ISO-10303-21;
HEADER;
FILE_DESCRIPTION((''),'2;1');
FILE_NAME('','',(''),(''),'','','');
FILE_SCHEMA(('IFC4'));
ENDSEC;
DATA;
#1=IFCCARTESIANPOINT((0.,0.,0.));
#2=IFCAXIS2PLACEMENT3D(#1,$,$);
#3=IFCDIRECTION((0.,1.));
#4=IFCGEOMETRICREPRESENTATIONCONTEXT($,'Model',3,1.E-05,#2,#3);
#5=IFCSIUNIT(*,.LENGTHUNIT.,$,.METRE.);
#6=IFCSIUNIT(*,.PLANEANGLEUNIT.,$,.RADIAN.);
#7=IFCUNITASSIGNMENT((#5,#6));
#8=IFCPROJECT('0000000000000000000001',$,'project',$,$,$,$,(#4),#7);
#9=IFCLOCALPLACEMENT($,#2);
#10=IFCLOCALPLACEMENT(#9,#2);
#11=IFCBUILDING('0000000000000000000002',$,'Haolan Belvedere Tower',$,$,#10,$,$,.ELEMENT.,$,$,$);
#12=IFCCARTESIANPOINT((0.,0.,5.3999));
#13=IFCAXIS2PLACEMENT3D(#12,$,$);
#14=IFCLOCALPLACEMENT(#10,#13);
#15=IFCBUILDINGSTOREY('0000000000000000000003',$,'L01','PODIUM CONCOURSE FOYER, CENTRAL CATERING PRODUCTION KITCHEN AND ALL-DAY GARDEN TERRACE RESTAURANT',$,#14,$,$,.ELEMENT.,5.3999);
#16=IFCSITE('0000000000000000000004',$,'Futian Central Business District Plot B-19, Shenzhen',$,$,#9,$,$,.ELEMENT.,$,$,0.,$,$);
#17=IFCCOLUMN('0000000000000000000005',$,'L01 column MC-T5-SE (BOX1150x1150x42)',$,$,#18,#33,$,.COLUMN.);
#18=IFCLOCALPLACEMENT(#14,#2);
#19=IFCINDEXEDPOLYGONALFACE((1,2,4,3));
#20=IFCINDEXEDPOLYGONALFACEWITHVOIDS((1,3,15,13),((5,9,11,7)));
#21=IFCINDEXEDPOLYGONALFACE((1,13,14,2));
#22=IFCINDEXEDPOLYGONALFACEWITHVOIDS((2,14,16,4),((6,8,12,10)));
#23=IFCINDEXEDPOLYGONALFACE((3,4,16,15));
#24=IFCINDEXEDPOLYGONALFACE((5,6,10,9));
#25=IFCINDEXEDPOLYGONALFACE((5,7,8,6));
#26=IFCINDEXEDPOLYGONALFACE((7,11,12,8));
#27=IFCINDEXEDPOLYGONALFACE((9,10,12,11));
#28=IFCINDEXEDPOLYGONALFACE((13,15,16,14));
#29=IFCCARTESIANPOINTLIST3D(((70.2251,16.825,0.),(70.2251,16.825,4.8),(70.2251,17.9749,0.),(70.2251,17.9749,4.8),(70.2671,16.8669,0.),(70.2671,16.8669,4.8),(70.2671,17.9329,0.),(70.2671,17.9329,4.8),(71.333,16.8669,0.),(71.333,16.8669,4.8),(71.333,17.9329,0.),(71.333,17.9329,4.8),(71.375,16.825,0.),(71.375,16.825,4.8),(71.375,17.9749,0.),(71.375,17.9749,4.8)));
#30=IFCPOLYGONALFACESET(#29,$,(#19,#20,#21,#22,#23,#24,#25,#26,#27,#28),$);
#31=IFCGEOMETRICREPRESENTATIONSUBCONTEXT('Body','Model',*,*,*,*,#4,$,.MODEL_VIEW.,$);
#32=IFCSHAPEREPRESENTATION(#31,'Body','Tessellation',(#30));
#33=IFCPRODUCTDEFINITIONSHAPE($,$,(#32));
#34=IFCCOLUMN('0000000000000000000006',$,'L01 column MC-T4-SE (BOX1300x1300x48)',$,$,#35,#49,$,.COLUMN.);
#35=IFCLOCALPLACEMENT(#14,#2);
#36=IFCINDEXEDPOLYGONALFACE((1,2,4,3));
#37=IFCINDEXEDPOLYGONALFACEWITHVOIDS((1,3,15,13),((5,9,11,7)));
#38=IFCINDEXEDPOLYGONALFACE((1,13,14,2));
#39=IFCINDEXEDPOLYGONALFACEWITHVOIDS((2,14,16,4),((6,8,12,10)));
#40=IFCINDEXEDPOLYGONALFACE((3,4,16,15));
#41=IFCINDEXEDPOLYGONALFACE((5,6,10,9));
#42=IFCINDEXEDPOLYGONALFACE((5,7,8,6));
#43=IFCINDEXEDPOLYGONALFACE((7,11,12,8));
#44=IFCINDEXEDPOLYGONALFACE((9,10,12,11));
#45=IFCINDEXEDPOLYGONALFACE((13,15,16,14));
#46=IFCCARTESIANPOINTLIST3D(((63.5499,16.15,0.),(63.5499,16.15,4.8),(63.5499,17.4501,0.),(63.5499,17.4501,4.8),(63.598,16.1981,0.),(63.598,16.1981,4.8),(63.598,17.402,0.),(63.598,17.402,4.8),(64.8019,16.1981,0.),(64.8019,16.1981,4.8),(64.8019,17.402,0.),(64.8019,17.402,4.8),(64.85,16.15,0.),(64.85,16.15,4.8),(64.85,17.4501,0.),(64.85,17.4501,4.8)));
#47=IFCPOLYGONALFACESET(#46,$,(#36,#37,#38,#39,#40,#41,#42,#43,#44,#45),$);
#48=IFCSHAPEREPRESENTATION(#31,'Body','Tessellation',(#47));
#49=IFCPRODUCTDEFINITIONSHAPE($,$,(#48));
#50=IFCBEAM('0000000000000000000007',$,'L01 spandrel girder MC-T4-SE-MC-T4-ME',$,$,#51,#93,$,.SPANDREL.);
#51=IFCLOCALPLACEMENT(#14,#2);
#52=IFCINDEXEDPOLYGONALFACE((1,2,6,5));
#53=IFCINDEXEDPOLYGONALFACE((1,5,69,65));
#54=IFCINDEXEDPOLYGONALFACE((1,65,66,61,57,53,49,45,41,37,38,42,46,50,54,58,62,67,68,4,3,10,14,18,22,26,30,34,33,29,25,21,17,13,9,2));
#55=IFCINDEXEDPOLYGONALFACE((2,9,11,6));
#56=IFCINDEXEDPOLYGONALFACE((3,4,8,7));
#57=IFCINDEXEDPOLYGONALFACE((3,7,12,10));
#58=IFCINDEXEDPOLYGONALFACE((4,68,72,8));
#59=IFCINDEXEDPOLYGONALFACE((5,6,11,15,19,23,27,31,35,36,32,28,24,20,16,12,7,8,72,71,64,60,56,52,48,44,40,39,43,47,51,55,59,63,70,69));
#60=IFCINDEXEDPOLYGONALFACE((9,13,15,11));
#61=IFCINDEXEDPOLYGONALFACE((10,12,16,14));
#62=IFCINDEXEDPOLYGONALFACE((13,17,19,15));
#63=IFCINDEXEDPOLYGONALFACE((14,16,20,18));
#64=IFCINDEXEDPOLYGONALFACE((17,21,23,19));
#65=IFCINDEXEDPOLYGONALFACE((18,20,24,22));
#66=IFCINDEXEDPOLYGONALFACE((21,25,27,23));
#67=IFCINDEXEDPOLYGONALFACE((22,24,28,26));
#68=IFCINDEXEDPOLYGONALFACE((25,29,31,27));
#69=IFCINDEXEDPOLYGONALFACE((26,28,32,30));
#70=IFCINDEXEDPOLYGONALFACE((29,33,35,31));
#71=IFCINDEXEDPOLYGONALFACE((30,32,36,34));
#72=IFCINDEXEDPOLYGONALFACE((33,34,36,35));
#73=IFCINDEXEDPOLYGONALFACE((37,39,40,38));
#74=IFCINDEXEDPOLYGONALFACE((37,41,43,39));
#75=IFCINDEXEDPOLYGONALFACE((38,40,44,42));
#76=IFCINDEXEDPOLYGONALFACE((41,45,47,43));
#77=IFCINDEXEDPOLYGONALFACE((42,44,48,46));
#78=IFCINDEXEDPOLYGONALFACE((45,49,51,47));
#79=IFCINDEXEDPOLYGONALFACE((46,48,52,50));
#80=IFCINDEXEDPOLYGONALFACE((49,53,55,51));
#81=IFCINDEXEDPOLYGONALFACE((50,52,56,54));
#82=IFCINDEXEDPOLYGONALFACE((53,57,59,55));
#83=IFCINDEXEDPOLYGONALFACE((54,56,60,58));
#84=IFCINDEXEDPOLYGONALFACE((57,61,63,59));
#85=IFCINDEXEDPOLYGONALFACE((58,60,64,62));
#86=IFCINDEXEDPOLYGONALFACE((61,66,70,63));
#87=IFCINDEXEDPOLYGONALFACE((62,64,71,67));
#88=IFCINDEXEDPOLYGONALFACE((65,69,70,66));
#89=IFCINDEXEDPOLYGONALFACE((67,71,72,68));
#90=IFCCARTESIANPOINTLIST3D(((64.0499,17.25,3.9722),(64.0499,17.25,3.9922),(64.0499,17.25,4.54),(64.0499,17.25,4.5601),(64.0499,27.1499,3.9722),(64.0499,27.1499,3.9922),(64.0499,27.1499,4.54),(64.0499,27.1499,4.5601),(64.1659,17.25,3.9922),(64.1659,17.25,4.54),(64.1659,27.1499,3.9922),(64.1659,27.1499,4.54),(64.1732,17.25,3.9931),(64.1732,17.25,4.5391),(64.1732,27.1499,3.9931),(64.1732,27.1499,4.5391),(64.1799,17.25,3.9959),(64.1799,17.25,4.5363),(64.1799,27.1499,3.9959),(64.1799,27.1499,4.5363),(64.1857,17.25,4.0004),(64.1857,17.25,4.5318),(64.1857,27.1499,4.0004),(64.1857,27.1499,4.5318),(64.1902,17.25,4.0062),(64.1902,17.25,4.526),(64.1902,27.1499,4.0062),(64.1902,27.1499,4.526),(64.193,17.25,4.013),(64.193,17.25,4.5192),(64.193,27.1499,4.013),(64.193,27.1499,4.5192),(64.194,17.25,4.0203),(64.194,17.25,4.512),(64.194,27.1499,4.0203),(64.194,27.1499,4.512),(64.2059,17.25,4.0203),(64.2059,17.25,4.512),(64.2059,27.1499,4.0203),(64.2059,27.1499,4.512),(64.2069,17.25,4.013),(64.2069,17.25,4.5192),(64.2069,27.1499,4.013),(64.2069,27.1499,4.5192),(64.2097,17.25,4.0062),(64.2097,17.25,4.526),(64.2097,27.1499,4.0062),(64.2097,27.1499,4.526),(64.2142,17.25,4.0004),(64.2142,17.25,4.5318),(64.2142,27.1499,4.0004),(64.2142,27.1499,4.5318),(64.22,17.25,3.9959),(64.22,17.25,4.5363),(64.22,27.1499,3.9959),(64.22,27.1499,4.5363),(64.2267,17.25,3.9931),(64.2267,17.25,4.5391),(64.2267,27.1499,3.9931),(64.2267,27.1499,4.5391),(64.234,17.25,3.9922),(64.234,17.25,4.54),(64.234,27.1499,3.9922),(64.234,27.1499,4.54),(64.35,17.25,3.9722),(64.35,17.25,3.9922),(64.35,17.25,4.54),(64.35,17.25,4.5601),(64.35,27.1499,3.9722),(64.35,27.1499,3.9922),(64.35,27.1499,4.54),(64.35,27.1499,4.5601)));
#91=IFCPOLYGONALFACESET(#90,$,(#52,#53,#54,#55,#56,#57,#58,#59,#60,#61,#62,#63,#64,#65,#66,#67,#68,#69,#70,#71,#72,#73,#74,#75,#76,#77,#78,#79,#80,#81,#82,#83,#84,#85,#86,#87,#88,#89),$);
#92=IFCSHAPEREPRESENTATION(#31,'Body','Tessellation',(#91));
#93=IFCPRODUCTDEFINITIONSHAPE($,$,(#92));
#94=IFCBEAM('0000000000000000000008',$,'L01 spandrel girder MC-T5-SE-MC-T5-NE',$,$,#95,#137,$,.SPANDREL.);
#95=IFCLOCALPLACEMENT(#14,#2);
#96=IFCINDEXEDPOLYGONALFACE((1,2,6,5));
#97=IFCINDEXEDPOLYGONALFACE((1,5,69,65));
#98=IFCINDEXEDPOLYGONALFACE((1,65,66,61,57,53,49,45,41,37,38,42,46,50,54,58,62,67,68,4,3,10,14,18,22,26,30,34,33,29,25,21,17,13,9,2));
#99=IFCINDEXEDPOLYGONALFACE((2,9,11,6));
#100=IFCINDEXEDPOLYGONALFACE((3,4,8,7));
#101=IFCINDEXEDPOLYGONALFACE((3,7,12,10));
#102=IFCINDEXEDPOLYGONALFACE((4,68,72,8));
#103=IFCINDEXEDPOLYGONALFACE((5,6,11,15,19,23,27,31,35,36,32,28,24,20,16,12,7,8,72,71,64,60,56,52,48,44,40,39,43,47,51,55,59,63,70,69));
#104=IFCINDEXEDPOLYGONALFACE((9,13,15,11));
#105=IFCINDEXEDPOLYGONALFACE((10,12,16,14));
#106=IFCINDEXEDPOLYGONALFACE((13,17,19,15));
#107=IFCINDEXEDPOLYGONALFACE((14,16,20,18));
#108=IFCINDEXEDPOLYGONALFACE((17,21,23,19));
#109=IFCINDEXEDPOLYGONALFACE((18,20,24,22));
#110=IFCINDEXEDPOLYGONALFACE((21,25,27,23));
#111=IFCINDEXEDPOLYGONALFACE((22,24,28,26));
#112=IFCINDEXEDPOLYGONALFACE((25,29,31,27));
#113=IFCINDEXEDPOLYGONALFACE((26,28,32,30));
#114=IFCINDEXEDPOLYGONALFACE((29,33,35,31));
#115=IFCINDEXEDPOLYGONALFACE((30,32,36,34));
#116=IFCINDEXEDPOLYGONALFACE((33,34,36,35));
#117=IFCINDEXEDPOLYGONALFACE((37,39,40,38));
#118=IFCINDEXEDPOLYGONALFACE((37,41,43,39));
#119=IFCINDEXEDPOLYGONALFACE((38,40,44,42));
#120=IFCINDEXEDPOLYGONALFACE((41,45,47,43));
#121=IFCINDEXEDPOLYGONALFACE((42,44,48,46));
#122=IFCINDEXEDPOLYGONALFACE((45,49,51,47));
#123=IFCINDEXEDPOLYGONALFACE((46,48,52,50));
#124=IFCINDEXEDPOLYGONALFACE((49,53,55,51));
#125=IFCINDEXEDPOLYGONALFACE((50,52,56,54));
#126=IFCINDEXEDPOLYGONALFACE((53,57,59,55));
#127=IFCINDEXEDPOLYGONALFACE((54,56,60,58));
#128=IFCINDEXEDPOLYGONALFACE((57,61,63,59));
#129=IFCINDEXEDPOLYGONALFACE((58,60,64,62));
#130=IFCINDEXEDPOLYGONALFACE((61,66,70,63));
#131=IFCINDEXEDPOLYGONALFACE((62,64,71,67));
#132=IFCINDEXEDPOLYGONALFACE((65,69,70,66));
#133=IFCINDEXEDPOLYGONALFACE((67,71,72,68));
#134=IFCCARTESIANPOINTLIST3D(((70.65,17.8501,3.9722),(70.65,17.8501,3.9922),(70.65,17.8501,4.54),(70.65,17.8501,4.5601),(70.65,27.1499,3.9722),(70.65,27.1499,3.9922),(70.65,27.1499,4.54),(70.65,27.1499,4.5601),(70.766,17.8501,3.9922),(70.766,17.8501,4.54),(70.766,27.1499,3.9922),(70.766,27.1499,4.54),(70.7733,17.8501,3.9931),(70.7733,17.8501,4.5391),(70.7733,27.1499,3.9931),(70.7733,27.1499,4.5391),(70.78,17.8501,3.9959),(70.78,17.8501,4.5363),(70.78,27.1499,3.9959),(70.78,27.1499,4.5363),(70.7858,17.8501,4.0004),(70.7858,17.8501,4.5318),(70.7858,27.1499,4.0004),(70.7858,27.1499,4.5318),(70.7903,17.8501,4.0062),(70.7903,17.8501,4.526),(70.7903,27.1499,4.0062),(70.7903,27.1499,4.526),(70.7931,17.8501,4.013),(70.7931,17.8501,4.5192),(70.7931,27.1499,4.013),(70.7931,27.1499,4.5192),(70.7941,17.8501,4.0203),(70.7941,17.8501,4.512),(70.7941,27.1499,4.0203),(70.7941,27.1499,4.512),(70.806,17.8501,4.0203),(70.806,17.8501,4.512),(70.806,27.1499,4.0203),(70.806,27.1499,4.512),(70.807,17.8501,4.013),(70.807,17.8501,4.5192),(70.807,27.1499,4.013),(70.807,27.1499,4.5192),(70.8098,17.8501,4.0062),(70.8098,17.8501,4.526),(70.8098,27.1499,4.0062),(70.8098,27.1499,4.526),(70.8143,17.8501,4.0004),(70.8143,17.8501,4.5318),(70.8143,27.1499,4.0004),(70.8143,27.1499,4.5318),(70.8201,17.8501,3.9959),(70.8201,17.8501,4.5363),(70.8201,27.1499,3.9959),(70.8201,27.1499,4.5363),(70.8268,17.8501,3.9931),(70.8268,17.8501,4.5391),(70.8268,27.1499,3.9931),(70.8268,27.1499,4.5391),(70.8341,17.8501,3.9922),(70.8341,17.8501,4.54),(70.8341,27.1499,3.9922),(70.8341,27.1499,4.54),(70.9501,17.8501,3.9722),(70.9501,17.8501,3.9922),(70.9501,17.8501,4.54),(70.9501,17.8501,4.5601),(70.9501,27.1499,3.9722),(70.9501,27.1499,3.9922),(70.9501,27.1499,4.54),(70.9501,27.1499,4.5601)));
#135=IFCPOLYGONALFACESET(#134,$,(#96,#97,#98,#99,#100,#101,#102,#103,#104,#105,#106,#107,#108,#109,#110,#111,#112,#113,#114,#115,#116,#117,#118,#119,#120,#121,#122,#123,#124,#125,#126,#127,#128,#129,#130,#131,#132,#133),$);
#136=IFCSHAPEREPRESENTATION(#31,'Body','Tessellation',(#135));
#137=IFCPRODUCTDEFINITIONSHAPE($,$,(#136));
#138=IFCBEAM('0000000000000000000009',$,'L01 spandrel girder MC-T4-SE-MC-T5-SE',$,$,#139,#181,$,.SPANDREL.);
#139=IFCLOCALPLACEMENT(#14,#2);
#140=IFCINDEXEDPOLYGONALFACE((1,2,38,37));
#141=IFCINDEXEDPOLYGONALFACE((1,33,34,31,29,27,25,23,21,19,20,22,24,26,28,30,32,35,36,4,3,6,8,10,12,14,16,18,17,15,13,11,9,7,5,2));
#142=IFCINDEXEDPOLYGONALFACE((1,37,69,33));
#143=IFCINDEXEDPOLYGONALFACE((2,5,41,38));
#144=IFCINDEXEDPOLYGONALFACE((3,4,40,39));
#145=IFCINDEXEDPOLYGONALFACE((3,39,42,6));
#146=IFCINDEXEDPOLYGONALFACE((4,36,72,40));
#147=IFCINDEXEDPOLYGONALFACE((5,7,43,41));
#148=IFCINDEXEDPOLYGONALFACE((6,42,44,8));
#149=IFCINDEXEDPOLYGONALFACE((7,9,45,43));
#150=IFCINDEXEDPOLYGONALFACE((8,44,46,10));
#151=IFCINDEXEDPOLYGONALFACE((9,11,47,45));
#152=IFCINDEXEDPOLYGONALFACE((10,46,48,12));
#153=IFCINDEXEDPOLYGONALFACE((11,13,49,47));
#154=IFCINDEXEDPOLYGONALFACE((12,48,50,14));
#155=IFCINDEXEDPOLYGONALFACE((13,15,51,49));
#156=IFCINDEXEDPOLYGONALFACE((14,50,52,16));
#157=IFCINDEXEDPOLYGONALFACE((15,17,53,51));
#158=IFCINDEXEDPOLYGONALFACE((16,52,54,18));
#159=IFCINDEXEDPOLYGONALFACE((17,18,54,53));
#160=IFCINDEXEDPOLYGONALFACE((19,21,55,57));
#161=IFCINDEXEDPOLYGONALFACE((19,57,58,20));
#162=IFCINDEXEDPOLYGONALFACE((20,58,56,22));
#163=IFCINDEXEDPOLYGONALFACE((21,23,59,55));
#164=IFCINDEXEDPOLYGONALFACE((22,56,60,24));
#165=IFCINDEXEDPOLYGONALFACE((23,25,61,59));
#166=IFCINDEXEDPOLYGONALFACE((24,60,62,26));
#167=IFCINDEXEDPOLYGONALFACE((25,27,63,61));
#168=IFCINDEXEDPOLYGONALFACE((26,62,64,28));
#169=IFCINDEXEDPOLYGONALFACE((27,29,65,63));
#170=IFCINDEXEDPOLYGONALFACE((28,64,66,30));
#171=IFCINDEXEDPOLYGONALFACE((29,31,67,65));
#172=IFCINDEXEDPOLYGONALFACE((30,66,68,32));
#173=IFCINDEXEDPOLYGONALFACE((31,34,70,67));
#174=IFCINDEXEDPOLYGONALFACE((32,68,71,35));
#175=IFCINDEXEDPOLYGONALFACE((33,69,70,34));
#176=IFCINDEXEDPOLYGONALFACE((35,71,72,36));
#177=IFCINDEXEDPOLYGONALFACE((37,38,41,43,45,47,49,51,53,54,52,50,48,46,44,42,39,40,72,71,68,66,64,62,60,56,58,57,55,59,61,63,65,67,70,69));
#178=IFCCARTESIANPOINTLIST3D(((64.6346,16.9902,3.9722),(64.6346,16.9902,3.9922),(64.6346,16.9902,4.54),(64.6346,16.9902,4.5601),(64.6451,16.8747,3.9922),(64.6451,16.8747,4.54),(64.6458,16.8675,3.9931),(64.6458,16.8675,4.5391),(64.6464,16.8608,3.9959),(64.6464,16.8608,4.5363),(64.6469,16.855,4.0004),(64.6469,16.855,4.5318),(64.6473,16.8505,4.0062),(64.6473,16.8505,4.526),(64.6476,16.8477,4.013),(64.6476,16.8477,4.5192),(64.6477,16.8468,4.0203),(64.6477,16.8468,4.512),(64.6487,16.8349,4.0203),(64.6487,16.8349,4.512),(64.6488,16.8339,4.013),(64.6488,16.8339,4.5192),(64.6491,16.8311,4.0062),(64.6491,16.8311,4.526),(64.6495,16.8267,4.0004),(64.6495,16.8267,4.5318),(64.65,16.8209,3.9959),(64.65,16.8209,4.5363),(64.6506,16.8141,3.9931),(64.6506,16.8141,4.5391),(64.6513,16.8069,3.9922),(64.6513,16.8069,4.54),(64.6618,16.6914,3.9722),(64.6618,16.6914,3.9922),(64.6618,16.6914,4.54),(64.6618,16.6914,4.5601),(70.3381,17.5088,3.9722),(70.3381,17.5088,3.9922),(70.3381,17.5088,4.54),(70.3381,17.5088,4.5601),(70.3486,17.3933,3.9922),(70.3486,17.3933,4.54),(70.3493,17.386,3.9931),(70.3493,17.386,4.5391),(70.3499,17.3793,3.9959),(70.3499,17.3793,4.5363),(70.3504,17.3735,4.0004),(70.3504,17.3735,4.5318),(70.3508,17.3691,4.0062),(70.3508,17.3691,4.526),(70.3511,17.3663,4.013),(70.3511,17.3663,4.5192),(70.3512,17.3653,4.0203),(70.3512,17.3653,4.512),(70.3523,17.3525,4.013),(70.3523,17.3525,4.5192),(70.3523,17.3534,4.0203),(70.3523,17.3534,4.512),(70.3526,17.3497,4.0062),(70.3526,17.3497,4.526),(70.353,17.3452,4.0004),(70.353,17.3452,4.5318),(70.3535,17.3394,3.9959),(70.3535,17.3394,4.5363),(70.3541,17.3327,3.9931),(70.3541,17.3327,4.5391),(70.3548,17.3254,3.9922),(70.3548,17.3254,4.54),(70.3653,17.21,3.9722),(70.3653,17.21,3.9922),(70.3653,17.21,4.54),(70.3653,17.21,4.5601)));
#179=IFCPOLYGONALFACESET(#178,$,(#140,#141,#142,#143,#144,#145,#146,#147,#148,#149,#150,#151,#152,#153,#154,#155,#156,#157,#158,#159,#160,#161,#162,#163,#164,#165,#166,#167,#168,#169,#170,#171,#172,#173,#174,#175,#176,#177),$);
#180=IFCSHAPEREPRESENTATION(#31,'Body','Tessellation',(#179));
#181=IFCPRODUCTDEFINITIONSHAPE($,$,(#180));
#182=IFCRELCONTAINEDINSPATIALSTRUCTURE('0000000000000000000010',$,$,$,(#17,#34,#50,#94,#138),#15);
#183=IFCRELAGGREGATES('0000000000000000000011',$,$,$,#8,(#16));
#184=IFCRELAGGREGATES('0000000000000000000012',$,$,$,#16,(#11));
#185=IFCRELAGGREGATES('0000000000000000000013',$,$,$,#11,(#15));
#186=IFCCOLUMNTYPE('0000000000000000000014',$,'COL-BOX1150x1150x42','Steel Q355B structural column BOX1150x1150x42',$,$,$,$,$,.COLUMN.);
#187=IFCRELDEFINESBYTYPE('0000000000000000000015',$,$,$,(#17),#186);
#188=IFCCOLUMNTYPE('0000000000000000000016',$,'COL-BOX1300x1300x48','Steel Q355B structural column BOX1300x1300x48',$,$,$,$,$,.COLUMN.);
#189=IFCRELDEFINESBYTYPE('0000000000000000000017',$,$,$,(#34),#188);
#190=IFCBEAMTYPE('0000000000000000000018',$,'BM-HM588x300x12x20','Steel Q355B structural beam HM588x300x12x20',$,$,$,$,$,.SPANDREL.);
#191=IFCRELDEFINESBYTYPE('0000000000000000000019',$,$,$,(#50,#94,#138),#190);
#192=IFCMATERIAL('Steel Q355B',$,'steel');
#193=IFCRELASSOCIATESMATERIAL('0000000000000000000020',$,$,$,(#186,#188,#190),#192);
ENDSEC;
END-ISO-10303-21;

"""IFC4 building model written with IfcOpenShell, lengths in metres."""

from ifc_helpers import new_model, si_unit, direction, frame, origin, origin_2d, place, context, subcontext, project, spatial, hollow_rectangle, i_section, extrude, material, material_profile, profile_set, type_object, element, save


model = new_model("IFC4")

# Units and contexts
model_context = context("Model", 3, precision=1e-05, world=origin(), true_north=direction((0.0, 1.0)))
body_context = subcontext(model_context, "Body", "Model", "MODEL_VIEW")
ifc_project = project(units=[si_unit("LENGTHUNIT", "METRE"), si_unit("PLANEANGLEUNIT", "RADIAN")], contexts=[model_context])

# Site, building, storey
site_placement = place(None, origin())
site = spatial("IfcSite", under=ifc_project, at=site_placement, Name="Futian Central Business District Plot B-19, Shenzhen", CompositionType="ELEMENT", RefElevation=0.0)
building_placement = place(site_placement, origin())
building = spatial("IfcBuilding", under=site, at=building_placement, Name="Haolan Belvedere Tower", CompositionType="ELEMENT")
storey_placement = place(building_placement, frame((0.0, 0.0, 5.3999)))
storey = spatial("IfcBuildingStorey", under=building, at=storey_placement, Name="L01", Description="PODIUM CONCOURSE FOYER, CENTRAL CATERING PRODUCTION KITCHEN AND ALL-DAY GARDEN TERRACE RESTAURANT", CompositionType="ELEMENT", Elevation=5.3999)

# Columns
ifc_material_1 = material(Name="Steel Q355B", Category="steel")
ifc_material_profile_1 = material_profile(ifc_material_1, hollow_rectangle(XDim=1.1499, YDim=1.1499, WallThickness=0.042, at=origin_2d()), Name="Steel Q355B")
ifc_profile_set_1 = profile_set([ifc_material_profile_1], Name="Steel Q355B")
column_type_1 = type_object("IfcColumnType", Name="COL-BOX1150x1150x42", Description="Steel Q355B structural column BOX1150x1150x42", PredefinedType="COLUMN", material=ifc_profile_set_1)
column_1_placement = place(storey_placement, frame((70.8, 17.3999, 0.0), z_axis=(0.0, 0.0, 1.0), x_axis=(1.0, 0.0, 0.0)))
element("IfcColumn", 1, at=column_1_placement, inside=storey, type_object=column_type_1, Name="L01 column MC-T5-SE (BOX1150x1150x42)", PredefinedType="COLUMN", context=body_context, shape_type="SweptSolid", body=[
    extrude(hollow_rectangle(XDim=1.1499, YDim=1.1499, WallThickness=0.042, at=origin_2d()), origin(), (0.0, 0.0, 1.0), 4.8),
])
ifc_material_profile_2 = material_profile(ifc_material_1, hollow_rectangle(XDim=1.3, YDim=1.3, WallThickness=0.0481, at=origin_2d()), Name="Steel Q355B")
ifc_profile_set_2 = profile_set([ifc_material_profile_2], Name="Steel Q355B")
column_type_2 = type_object("IfcColumnType", Name="COL-BOX1300x1300x48", Description="Steel Q355B structural column BOX1300x1300x48", PredefinedType="COLUMN", material=ifc_profile_set_2)
column_2_placement = place(storey_placement, frame((64.2, 16.8, 0.0), z_axis=(0.0, 0.0, 1.0), x_axis=(1.0, 0.0, 0.0)))
element("IfcColumn", 2, at=column_2_placement, inside=storey, type_object=column_type_2, Name="L01 column MC-T4-SE (BOX1300x1300x48)", PredefinedType="COLUMN", context=body_context, shape_type="SweptSolid", body=[
    extrude(hollow_rectangle(XDim=1.3, YDim=1.3, WallThickness=0.0481, at=origin_2d()), origin(), (0.0, 0.0, 1.0), 4.8),
])

# Beams
ifc_material_profile_3 = material_profile(ifc_material_1, i_section(OverallWidth=0.3, OverallDepth=0.5879, WebThickness=0.012, FlangeThickness=0.02, FilletRadius=0.0281, at=origin_2d()), Name="Steel Q355B")
ifc_profile_set_3 = profile_set([ifc_material_profile_3], Name="Steel Q355B")
beam_type = type_object("IfcBeamType", Name="BM-HM588x300x12x20", Description="Steel Q355B structural beam HM588x300x12x20", PredefinedType="SPANDREL", material=ifc_profile_set_3)
beam_1_placement = place(storey_placement, frame((64.2, 17.25, 4.2661), z_axis=(0.0, 1.0, 0.0), x_axis=(-1.0, 0.0, 0.0)))
element("IfcBeam", 3, at=beam_1_placement, inside=storey, type_object=beam_type, Name="L01 spandrel girder MC-T4-SE-MC-T4-ME", PredefinedType="SPANDREL", context=body_context, shape_type="SweptSolid", body=[
    extrude(i_section(OverallWidth=0.3, OverallDepth=0.5879, WebThickness=0.012, FlangeThickness=0.02, FilletRadius=0.0281, at=origin_2d()), origin(), (0.0, 0.0, 1.0), 9.8999),
])
beam_2_placement = place(storey_placement, frame((70.8, 17.8501, 4.2661), z_axis=(0.0, 1.0, 0.0), x_axis=(-1.0, 0.0, 0.0)))
element("IfcBeam", 4, at=beam_2_placement, inside=storey, type_object=beam_type, Name="L01 spandrel girder MC-T5-SE-MC-T5-NE", PredefinedType="SPANDREL", context=body_context, shape_type="SweptSolid", body=[
    extrude(i_section(OverallWidth=0.3, OverallDepth=0.5879, WebThickness=0.012, FlangeThickness=0.02, FilletRadius=0.0281, at=origin_2d()), origin(), (0.0, 0.0, 1.0), 9.2998),
])
beam_3_placement = place(storey_placement, frame((64.6482, 16.8408, 4.2661), z_axis=(0.995893, 0.090543, 0.0), x_axis=(-0.090543, 0.995893, 0.0)))
element("IfcBeam", 5, at=beam_3_placement, inside=storey, type_object=beam_type, Name="L01 spandrel girder MC-T4-SE-MC-T5-SE", PredefinedType="SPANDREL", context=body_context, shape_type="SweptSolid", body=[
    extrude(i_section(OverallWidth=0.3, OverallDepth=0.5879, WebThickness=0.012, FlangeThickness=0.02, FilletRadius=0.0281, at=origin_2d()), origin(), (0.0, 0.0, 1.0), 5.7271),
])

save(model, "model.ifc")
